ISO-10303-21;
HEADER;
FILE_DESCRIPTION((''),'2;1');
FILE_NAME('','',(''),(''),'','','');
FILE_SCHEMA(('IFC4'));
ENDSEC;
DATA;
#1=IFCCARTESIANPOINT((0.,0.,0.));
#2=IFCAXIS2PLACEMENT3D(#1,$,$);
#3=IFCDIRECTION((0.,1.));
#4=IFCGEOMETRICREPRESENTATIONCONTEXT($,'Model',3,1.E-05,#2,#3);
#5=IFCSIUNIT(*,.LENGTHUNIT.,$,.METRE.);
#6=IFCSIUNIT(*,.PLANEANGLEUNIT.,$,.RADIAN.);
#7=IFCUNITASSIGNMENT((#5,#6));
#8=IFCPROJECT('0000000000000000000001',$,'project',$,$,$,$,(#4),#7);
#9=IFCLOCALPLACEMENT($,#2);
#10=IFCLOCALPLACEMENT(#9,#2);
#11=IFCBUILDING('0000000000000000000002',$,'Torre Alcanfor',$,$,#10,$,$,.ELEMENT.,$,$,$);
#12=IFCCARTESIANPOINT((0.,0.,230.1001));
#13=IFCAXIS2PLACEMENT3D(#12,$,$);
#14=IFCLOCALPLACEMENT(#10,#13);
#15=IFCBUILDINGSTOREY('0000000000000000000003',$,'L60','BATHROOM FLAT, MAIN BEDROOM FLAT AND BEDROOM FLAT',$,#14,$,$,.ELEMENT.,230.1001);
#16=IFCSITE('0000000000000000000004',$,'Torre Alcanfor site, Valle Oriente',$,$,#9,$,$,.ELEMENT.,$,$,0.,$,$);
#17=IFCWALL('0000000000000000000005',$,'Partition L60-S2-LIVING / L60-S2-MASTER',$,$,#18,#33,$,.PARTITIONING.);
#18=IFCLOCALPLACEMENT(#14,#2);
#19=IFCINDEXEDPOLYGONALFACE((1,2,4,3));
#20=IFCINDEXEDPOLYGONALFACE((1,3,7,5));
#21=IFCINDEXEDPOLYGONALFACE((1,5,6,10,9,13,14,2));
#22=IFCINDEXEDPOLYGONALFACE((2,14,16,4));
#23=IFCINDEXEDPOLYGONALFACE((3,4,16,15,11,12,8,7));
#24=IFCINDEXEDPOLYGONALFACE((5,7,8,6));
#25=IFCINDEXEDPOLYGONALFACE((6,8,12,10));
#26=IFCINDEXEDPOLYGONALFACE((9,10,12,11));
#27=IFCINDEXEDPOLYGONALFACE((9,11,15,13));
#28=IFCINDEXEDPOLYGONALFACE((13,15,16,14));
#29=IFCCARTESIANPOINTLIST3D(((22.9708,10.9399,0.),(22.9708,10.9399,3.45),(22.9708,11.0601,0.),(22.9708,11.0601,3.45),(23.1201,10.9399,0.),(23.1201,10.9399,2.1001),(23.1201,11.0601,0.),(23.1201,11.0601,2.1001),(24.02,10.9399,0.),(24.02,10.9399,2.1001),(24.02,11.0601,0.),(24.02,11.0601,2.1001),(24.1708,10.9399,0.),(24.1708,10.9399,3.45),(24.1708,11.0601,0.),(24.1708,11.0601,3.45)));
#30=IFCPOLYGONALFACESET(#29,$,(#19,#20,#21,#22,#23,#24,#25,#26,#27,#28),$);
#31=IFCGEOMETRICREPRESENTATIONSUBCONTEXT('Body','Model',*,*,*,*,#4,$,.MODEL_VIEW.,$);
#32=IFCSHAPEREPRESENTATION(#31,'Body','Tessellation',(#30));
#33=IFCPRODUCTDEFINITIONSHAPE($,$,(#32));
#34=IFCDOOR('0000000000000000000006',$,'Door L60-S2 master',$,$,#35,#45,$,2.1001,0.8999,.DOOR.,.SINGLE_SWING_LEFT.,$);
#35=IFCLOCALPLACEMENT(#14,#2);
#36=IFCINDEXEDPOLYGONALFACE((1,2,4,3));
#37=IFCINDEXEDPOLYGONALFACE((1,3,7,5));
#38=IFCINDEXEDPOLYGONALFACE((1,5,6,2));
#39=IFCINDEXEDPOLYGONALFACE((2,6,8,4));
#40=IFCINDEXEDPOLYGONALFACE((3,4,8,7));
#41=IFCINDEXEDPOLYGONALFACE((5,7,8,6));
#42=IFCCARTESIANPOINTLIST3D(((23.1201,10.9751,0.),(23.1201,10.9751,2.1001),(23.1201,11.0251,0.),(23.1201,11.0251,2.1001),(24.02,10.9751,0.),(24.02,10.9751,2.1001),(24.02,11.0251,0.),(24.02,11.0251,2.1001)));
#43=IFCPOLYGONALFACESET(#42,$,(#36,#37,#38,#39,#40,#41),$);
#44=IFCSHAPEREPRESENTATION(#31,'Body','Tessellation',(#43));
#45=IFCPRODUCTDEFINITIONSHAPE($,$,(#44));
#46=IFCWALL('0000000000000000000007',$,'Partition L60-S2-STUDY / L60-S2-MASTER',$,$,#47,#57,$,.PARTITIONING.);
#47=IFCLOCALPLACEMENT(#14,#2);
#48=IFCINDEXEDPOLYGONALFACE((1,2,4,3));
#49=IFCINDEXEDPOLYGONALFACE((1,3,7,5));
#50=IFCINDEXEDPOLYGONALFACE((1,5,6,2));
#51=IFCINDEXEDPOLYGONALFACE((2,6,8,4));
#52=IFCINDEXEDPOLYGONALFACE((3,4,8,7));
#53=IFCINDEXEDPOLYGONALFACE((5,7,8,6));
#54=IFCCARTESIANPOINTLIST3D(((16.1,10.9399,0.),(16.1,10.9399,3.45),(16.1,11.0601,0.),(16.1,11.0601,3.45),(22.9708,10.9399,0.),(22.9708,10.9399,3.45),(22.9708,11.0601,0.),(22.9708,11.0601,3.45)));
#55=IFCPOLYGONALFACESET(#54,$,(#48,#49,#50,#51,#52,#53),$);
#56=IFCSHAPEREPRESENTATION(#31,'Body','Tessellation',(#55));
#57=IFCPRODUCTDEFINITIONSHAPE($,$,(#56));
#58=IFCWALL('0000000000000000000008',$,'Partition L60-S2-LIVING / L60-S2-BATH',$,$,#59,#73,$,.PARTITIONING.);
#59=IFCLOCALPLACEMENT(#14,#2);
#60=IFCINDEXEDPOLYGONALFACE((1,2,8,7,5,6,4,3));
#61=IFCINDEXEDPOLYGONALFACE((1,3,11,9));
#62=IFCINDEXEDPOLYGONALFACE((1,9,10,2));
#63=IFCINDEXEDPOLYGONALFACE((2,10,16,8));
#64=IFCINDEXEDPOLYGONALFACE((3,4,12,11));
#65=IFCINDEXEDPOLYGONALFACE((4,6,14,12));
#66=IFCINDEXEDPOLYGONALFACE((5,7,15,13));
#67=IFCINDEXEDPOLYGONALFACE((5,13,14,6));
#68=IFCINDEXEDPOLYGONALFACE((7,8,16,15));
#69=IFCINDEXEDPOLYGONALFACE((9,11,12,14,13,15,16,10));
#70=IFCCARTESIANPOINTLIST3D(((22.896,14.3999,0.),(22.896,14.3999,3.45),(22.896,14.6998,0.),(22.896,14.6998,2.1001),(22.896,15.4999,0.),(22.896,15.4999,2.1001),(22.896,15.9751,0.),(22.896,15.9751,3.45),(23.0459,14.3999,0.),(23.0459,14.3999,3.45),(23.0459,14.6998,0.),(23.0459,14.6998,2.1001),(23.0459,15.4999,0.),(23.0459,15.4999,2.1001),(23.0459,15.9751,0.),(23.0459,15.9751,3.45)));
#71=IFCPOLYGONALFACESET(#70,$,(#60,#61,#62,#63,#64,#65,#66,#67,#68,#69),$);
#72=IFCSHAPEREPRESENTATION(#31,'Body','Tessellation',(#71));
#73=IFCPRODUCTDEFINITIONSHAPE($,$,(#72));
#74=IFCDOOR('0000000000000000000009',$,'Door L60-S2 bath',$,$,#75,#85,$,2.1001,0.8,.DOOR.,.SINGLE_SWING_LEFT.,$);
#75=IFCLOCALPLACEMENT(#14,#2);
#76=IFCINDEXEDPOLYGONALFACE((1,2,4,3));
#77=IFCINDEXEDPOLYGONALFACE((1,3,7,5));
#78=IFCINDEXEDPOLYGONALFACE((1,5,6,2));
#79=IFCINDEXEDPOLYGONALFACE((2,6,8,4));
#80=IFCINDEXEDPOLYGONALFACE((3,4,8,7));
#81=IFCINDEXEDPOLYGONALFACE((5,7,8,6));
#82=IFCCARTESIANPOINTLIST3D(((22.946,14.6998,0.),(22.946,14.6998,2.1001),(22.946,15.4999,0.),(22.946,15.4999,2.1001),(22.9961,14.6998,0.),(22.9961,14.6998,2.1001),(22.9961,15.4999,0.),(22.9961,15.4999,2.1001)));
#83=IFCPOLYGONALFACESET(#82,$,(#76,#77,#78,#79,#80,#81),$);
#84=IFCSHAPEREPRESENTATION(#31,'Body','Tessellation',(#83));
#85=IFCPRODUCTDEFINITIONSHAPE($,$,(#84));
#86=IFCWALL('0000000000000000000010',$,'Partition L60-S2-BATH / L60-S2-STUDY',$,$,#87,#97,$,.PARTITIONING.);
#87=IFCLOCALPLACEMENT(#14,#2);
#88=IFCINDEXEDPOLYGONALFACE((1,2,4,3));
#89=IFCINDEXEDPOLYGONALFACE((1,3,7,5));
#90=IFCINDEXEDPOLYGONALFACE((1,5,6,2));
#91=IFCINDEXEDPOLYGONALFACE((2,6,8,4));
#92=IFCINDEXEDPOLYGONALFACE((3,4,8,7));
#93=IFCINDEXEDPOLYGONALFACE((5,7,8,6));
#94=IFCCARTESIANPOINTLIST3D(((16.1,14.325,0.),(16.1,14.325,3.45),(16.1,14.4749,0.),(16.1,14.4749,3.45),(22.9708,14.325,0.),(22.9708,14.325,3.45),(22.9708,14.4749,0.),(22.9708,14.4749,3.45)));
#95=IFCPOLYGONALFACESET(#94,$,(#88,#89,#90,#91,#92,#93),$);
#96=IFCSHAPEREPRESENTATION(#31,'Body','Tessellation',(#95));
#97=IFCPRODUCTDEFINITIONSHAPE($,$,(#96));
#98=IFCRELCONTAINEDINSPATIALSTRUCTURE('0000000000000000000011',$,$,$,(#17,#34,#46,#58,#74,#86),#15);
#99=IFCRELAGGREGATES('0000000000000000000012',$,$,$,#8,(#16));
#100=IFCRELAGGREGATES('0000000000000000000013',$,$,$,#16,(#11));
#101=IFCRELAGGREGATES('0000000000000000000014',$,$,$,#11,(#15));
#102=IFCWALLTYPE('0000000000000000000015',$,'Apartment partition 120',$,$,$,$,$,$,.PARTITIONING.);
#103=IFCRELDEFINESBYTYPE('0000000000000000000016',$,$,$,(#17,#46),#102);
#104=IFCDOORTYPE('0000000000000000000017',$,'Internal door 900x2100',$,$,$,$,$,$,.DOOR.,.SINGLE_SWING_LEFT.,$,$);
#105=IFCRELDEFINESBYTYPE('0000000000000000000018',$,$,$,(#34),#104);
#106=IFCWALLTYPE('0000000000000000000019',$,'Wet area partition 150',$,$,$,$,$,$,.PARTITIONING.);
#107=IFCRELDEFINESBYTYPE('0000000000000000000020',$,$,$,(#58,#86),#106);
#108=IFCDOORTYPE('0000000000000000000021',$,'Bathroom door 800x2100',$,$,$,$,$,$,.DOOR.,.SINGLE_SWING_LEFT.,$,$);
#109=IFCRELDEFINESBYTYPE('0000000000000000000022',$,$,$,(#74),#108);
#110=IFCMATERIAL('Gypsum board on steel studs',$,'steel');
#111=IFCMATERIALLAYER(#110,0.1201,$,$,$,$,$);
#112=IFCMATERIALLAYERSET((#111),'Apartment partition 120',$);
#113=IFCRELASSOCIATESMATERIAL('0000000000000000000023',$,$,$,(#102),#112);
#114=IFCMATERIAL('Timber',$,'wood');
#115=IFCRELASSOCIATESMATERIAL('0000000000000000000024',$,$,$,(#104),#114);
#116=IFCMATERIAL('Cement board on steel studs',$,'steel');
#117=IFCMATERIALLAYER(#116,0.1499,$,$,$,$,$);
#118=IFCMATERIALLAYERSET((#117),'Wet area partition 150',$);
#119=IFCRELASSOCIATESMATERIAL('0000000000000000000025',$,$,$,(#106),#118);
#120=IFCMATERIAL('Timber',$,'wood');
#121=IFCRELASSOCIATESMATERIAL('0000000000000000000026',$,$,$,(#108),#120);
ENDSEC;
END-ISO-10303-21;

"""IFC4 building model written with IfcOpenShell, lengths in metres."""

from ifc_helpers import new_model, si_unit, direction, frame, frame_2d, origin, place, context, subcontext, project, spatial, rectangle, extrude, material, layer, layer_set, type_object, element, fill, save


model = new_model("IFC4")

# Units and contexts
model_context = context("Model", 3, precision=1e-05, world=origin(), true_north=direction((0.0, 1.0)))
body_context = subcontext(model_context, "Body", "Model", "MODEL_VIEW")
ifc_project = project(units=[si_unit("LENGTHUNIT", "METRE"), si_unit("PLANEANGLEUNIT", "RADIAN")], contexts=[model_context])

# Site, building, storey
site_placement = place(None, origin())
site = spatial("IfcSite", under=ifc_project, at=site_placement, Name="Torre Alcanfor site, Valle Oriente", CompositionType="ELEMENT", RefElevation=0.0)
building_placement = place(site_placement, origin())
building = spatial("IfcBuilding", under=site, at=building_placement, Name="Torre Alcanfor", CompositionType="ELEMENT")
storey_placement = place(building_placement, frame((0.0, 0.0, 230.1001)))
storey = spatial("IfcBuildingStorey", under=building, at=storey_placement, Name="L60", Description="BATHROOM FLAT, MAIN BEDROOM FLAT AND BEDROOM FLAT", CompositionType="ELEMENT", Elevation=230.1001)

# Shared definitions
ifc_material_1 = material(Name="Gypsum board on steel studs", Category="steel")
ifc_layer_1 = layer(ifc_material_1, 0.1201)
ifc_layer_set_1 = layer_set([ifc_layer_1], Name="Apartment partition 120")
wall_type_1 = type_object("IfcWallType", Name="Apartment partition 120", PredefinedType="PARTITIONING", material=ifc_layer_set_1)
ifc_material_2 = material(Name="Timber", Category="wood")
door_type_1 = type_object("IfcDoorType", Name="Internal door 900x2100", OperationType="SINGLE_SWING_LEFT", PredefinedType="DOOR", material=ifc_material_2)

# Wall, opening, door
wall_1_placement = place(storey_placement, frame((24.1709, 11.0, 0.0), z_axis=(0.0, 0.0, 1.0), x_axis=(-1.0, 0.0, 0.0)))
wall_1 = element("IfcWall", 1, at=wall_1_placement, inside=storey, type_object=wall_type_1, Name="Partition L60-S2-LIVING / L60-S2-MASTER", PredefinedType="PARTITIONING", context=body_context, shape_type="SweptSolid", body=[
    extrude(rectangle(XDim=1.2, YDim=0.1201, at=frame_2d((0.6001, 0.0))), origin(), (0.0, 0.0, 1.0), 3.45),
])
opening_1_placement = place(wall_1_placement, frame((0.1509, 0.0, 0.0)))
opening_1 = element("IfcOpeningElement", 2, at=opening_1_placement, cuts=wall_1, PredefinedType="OPENING", context=body_context, shape_type="SweptSolid", body=[
    extrude(rectangle(XDim=0.8999, YDim=2.1001, at=frame_2d((0.45, 1.05))), frame((0.0, 0.0701, 0.0), z_axis=(0.0, -1.0, 0.0), x_axis=(1.0, 0.0, 0.0)), (0.0, 0.0, 1.0), 0.1401),
])
door_1_placement = place(opening_1_placement, origin())
door_1 = element("IfcDoor", 3, at=door_1_placement, inside=storey, type_object=door_type_1, Name="Door L60-S2 master", OperationType="SINGLE_SWING_LEFT", OverallHeight=2.1001, OverallWidth=0.8999, PredefinedType="DOOR", context=body_context, shape_type="SweptSolid", body=[
    extrude(rectangle(XDim=0.8999, YDim=2.1001, at=frame_2d((0.45, 1.05))), frame((0.0, 0.0249, 0.0), z_axis=(0.0, -1.0, 0.0), x_axis=(1.0, 0.0, 0.0)), (0.0, 0.0, 1.0), 0.05),
])
fill(opening_1, door_1)

# Wall
wall_2_placement = place(storey_placement, frame((22.9709, 11.0, 0.0), z_axis=(0.0, 0.0, 1.0), x_axis=(-1.0, 0.0, 0.0)))
element("IfcWall", 4, at=wall_2_placement, inside=storey, type_object=wall_type_1, Name="Partition L60-S2-STUDY / L60-S2-MASTER", PredefinedType="PARTITIONING", context=body_context, shape_type="SweptSolid", body=[
    extrude(rectangle(XDim=6.8708, YDim=0.1201, at=frame_2d((3.4355, 0.0))), origin(), (0.0, 0.0, 1.0), 3.45),
])

# Wall, opening, door
ifc_material_3 = material(Name="Cement board on steel studs", Category="steel")
ifc_layer_2 = layer(ifc_material_3, 0.1499)
ifc_layer_set_2 = layer_set([ifc_layer_2], Name="Wet area partition 150")
wall_type_2 = type_object("IfcWallType", Name="Wet area partition 150", PredefinedType="PARTITIONING", material=ifc_layer_set_2)
wall_3_placement = place(storey_placement, frame((22.9709, 14.3999, 0.0), z_axis=(0.0, 0.0, 1.0), x_axis=(0.0, 1.0, 0.0)))
wall_3 = element("IfcWall", 5, at=wall_3_placement, inside=storey, type_object=wall_type_2, Name="Partition L60-S2-LIVING / L60-S2-BATH", PredefinedType="PARTITIONING", context=body_context, shape_type="SweptSolid", body=[
    extrude(rectangle(XDim=1.5752, YDim=0.1499, at=frame_2d((0.7876, 0.0))), origin(), (0.0, 0.0, 1.0), 3.45),
])
opening_2_placement = place(wall_3_placement, frame((0.3, 0.0, 0.0)))
opening_2 = element("IfcOpeningElement", 6, at=opening_2_placement, cuts=wall_3, PredefinedType="OPENING", context=body_context, shape_type="SweptSolid", body=[
    extrude(rectangle(XDim=0.8, YDim=2.1001, at=frame_2d((0.3999, 1.05))), frame((0.0, 0.085, 0.0), z_axis=(0.0, -1.0, 0.0), x_axis=(1.0, 0.0, 0.0)), (0.0, 0.0, 1.0), 0.1699),
])
ifc_material_4 = material(Name="Timber", Category="wood")
door_type_2 = type_object("IfcDoorType", Name="Bathroom door 800x2100", OperationType="SINGLE_SWING_LEFT", PredefinedType="DOOR", material=ifc_material_4)
door_2_placement = place(opening_2_placement, origin())
door_2 = element("IfcDoor", 7, at=door_2_placement, inside=storey, type_object=door_type_2, Name="Door L60-S2 bath", OperationType="SINGLE_SWING_LEFT", OverallHeight=2.1001, OverallWidth=0.8, PredefinedType="DOOR", context=body_context, shape_type="SweptSolid", body=[
    extrude(rectangle(XDim=0.8, YDim=2.1001, at=frame_2d((0.3999, 1.05))), frame((0.0, 0.0249, 0.0), z_axis=(0.0, -1.0, 0.0), x_axis=(1.0, 0.0, 0.0)), (0.0, 0.0, 1.0), 0.05),
])
fill(opening_2, door_2)

# Wall
wall_4_placement = place(storey_placement, frame((22.9709, 14.3999, 0.0), z_axis=(0.0, 0.0, 1.0), x_axis=(-1.0, 0.0, 0.0)))
element("IfcWall", 8, at=wall_4_placement, inside=storey, type_object=wall_type_2, Name="Partition L60-S2-BATH / L60-S2-STUDY", PredefinedType="PARTITIONING", context=body_context, shape_type="SweptSolid", body=[
    extrude(rectangle(XDim=6.8708, YDim=0.1499, at=frame_2d((3.4355, 0.0))), origin(), (0.0, 0.0, 1.0), 3.45),
])

save(model, "model.ifc")
